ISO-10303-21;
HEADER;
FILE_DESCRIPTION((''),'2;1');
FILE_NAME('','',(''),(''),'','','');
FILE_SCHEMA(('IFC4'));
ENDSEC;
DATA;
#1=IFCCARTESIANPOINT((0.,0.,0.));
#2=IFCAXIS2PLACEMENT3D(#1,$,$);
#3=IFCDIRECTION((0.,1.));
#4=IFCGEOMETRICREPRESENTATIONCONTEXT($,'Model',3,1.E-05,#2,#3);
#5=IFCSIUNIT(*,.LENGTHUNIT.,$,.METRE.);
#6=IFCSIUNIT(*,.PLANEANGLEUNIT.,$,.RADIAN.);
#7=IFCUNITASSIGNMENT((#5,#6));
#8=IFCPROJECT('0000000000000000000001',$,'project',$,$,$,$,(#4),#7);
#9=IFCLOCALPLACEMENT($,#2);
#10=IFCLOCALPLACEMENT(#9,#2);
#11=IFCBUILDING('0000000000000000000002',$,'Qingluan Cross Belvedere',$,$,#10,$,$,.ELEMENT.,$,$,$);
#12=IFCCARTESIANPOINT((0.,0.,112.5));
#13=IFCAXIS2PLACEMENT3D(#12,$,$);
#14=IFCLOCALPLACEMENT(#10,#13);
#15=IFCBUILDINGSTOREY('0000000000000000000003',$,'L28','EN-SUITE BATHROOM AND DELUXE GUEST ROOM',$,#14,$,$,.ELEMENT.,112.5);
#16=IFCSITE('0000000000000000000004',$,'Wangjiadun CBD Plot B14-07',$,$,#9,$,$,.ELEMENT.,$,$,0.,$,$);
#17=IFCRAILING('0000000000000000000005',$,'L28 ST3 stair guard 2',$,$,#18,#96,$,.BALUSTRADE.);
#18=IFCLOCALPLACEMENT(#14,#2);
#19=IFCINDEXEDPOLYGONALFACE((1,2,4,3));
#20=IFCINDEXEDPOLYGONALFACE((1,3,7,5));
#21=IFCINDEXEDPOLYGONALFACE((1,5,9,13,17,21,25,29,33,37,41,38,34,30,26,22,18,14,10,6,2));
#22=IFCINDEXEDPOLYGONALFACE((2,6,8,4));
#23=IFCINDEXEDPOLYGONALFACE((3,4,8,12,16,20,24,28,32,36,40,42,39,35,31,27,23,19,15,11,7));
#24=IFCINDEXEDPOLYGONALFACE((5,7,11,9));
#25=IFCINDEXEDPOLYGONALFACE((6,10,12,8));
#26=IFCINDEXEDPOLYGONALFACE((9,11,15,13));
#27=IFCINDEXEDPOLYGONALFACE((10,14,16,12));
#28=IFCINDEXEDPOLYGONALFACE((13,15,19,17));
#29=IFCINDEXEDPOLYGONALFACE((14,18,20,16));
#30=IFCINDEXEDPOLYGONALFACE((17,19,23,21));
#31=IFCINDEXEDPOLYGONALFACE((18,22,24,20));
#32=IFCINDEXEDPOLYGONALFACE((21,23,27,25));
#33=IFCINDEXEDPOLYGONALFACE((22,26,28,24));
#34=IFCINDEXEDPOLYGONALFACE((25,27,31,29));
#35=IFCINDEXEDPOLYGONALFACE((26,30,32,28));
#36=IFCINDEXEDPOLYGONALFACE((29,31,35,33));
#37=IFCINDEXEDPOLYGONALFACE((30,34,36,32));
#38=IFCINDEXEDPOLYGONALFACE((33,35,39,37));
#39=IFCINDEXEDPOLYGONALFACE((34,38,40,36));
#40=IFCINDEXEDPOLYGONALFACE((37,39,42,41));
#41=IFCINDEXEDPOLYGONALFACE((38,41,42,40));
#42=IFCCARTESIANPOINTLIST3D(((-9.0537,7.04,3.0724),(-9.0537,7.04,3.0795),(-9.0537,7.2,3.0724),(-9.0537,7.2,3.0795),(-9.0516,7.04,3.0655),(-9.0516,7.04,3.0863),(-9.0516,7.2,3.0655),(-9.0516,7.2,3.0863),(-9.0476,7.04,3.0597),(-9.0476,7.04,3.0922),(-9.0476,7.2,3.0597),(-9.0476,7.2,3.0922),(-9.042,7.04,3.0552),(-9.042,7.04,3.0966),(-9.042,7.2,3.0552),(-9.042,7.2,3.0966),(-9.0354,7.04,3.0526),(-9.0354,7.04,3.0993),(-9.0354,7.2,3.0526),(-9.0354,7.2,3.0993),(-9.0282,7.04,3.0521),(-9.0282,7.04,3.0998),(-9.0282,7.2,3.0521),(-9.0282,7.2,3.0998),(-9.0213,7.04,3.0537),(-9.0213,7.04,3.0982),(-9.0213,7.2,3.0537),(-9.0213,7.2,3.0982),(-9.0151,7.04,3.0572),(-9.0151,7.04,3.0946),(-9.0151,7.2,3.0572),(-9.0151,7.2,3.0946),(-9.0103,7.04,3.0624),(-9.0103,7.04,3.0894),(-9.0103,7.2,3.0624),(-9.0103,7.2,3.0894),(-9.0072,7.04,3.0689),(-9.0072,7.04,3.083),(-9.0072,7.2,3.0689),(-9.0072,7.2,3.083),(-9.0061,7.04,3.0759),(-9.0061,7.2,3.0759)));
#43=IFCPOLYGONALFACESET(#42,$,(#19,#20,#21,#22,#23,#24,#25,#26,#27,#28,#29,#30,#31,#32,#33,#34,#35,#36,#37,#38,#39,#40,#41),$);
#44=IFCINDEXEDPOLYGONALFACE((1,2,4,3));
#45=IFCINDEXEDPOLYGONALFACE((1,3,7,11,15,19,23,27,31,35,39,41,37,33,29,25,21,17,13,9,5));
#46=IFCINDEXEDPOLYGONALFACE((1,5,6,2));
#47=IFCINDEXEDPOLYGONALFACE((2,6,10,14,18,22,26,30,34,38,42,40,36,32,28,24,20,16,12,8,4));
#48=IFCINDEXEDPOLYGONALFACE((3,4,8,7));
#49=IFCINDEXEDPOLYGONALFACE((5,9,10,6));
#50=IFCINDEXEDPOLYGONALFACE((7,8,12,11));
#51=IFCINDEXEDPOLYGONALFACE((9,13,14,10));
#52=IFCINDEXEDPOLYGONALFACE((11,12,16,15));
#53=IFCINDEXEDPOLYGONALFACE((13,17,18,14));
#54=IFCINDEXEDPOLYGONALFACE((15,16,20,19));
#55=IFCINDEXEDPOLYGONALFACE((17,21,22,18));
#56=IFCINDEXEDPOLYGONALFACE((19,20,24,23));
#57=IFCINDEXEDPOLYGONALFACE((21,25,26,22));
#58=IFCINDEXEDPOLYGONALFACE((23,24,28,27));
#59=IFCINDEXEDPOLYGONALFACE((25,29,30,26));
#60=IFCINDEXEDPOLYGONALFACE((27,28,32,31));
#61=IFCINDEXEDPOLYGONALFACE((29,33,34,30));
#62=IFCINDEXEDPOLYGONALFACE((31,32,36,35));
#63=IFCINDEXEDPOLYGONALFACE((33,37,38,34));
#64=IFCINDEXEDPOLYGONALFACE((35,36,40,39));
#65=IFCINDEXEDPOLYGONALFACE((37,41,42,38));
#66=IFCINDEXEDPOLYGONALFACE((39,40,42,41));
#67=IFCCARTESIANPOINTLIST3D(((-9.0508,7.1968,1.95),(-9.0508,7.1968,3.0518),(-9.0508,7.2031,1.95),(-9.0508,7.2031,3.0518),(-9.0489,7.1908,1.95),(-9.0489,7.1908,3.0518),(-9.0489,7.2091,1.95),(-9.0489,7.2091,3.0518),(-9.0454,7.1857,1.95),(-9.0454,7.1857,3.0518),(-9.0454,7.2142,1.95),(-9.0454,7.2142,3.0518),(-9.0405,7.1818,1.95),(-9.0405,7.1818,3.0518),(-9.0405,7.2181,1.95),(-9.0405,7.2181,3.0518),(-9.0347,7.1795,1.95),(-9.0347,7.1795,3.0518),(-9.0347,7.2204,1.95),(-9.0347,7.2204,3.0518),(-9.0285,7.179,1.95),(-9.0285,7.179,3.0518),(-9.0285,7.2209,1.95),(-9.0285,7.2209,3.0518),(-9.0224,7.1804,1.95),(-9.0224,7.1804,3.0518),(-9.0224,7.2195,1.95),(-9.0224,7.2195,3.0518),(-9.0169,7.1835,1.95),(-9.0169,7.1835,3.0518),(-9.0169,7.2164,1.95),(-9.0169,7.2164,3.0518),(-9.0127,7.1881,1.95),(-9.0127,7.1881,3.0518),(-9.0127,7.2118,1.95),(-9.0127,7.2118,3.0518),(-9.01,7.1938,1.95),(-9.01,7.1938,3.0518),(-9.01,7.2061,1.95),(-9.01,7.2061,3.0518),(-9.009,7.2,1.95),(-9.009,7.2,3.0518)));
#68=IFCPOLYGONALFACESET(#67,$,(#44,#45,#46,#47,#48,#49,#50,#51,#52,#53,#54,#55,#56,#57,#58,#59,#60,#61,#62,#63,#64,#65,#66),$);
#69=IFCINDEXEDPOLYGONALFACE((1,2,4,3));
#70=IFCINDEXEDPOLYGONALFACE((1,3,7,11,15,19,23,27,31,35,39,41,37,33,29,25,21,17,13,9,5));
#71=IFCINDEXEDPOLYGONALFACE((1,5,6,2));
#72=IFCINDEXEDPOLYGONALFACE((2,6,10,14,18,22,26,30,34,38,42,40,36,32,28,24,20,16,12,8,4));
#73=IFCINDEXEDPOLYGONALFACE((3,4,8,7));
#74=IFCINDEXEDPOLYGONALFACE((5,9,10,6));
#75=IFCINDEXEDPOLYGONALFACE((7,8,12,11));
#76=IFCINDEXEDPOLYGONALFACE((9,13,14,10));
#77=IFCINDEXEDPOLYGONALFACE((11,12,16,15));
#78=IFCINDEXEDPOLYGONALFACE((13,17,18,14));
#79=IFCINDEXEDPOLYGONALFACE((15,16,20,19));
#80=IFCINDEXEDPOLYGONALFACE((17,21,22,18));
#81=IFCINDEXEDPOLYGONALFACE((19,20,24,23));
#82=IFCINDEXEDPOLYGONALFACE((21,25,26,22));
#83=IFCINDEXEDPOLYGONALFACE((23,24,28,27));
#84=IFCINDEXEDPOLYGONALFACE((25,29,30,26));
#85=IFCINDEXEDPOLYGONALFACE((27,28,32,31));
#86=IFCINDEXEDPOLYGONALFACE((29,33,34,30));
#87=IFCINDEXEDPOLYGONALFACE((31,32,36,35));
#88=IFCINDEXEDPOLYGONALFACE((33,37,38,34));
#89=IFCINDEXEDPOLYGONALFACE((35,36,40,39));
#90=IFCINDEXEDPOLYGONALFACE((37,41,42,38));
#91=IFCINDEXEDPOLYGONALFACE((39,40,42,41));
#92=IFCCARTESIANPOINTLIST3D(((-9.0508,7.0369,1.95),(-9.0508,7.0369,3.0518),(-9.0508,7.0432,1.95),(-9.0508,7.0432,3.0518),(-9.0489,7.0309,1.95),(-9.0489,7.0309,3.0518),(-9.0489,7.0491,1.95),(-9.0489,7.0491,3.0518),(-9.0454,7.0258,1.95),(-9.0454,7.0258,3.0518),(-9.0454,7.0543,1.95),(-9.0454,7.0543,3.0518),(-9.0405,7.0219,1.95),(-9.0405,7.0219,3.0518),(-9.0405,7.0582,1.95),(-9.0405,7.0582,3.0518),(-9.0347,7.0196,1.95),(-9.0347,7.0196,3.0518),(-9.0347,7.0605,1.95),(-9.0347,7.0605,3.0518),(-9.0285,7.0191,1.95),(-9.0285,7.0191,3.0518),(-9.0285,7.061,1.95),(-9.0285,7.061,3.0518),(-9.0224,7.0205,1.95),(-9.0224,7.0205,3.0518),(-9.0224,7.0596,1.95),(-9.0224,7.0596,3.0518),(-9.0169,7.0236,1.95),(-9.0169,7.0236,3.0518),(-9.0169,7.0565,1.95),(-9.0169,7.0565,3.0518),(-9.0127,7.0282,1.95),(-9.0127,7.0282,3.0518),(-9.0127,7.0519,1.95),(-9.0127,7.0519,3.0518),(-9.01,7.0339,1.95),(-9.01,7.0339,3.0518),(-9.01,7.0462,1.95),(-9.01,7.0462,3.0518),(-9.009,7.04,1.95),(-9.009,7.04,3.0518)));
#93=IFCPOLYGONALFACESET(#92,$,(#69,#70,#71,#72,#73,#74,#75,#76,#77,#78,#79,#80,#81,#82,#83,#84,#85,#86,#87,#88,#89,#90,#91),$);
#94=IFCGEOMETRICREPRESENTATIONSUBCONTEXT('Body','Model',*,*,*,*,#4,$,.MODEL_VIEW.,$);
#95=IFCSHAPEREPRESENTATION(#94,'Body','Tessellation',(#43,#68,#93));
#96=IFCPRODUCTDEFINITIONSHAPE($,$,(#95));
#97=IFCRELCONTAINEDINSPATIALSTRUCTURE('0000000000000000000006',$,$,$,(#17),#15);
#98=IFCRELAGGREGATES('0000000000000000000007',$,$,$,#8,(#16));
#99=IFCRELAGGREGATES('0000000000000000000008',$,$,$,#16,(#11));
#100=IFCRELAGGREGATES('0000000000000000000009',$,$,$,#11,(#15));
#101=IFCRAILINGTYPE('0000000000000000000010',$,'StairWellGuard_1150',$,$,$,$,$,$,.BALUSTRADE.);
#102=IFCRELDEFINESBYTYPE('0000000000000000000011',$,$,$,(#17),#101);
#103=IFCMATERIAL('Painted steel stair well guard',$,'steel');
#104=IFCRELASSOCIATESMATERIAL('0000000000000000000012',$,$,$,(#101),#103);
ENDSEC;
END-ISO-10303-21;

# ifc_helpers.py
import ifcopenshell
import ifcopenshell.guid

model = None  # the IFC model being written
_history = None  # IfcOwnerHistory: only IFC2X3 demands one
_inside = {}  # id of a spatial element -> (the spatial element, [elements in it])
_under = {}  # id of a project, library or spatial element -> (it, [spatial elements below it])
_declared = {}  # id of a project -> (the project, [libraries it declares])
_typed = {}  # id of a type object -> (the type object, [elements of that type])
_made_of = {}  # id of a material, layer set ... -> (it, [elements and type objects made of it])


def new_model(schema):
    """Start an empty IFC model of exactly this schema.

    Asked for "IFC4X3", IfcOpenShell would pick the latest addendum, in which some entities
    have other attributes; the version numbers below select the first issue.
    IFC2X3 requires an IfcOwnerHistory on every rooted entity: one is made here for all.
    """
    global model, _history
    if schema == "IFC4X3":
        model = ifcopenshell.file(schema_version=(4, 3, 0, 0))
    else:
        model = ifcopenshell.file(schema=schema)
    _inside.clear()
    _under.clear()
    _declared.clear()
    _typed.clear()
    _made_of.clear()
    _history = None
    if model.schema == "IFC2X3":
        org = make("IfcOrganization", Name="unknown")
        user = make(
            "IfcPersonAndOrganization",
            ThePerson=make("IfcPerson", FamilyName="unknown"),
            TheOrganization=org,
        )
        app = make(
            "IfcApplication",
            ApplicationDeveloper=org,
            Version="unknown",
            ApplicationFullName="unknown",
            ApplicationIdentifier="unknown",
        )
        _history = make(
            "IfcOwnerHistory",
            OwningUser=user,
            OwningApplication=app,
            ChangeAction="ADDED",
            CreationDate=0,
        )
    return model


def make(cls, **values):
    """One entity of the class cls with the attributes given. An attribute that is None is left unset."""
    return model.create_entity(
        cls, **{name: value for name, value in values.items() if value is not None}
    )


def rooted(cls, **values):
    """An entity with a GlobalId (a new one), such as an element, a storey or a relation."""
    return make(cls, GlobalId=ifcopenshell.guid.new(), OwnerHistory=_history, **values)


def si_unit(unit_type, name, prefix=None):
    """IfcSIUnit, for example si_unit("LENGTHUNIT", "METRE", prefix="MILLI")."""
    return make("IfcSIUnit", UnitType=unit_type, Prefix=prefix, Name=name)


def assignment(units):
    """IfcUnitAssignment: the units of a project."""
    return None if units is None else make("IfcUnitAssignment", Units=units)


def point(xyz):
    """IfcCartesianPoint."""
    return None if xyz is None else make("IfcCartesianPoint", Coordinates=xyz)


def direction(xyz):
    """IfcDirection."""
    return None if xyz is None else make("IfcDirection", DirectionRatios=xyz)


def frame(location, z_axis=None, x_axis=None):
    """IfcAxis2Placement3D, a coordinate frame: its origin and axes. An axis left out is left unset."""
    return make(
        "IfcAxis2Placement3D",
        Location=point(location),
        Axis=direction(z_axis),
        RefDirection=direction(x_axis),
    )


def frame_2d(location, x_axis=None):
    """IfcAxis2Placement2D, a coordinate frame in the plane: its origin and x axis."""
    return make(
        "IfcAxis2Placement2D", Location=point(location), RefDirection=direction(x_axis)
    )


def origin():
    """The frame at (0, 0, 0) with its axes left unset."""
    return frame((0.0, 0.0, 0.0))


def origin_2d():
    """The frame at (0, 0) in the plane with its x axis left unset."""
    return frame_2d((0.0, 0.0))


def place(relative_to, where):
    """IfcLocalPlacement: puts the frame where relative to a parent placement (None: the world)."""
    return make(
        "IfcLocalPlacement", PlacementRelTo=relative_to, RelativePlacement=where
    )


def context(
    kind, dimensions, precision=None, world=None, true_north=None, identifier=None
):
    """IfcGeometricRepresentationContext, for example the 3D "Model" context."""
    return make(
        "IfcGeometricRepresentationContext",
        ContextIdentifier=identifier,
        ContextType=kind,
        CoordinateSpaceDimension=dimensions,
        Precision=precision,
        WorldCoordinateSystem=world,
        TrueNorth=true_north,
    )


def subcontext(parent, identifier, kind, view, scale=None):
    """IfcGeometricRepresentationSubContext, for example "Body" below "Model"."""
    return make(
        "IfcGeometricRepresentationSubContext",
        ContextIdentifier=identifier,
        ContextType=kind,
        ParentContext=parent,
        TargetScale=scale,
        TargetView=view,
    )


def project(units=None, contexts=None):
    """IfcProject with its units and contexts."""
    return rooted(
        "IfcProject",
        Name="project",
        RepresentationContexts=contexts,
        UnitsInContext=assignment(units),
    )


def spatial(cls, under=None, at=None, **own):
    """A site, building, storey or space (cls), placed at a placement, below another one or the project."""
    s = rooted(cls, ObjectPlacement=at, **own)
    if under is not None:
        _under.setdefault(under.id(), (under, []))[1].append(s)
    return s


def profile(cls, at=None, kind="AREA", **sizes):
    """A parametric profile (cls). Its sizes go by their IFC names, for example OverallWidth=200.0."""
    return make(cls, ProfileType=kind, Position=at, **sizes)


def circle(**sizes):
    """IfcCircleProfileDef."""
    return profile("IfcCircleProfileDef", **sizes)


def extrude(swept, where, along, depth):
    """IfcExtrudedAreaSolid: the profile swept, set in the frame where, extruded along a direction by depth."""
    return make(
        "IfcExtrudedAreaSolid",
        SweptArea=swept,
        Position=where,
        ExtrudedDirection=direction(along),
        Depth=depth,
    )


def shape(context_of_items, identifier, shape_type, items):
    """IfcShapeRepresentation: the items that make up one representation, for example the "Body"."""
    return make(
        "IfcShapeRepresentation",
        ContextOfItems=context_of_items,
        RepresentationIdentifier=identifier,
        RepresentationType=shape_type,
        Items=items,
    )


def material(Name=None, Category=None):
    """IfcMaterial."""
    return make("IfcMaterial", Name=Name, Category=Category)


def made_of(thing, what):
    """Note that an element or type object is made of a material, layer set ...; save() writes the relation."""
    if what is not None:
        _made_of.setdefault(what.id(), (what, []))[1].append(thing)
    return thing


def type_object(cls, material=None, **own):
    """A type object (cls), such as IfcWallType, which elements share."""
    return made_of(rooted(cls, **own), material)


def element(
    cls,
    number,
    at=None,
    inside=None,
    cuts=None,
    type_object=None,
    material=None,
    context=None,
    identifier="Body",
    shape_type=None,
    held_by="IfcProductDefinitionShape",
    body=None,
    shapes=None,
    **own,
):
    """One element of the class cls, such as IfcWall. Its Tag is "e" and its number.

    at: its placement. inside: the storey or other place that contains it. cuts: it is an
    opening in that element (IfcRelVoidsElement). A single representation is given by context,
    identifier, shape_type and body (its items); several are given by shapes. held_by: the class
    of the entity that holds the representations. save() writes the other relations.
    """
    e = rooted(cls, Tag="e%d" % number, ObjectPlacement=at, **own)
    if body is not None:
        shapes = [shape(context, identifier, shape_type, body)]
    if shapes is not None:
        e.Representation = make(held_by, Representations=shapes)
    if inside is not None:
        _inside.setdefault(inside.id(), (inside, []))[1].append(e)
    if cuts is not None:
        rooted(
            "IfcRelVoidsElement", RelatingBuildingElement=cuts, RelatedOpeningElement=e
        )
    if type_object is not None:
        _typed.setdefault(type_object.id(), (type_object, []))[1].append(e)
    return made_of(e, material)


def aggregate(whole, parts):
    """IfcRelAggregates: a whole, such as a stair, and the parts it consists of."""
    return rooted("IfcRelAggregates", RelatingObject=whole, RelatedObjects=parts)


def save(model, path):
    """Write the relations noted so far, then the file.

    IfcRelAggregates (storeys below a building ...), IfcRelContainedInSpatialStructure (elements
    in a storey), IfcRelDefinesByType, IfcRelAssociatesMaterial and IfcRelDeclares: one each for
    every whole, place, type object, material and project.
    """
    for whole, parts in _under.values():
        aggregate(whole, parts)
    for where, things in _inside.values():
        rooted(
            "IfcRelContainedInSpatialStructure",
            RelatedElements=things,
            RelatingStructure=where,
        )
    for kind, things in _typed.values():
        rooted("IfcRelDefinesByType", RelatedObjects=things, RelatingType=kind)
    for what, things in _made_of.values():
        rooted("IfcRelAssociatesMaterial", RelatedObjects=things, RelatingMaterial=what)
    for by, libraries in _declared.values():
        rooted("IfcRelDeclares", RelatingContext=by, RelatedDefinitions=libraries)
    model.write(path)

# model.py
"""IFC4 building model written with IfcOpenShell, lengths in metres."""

from ifc_helpers import new_model, si_unit, direction, frame, origin, origin_2d, place, context, subcontext, project, spatial, circle, extrude, material, type_object, element, save


model = new_model("IFC4")

# Units and contexts
model_context = context("Model", 3, precision=1e-05, world=origin(), true_north=direction((0.0, 1.0)))
body_context = subcontext(model_context, "Body", "Model", "MODEL_VIEW")
ifc_project = project(units=[si_unit("LENGTHUNIT", "METRE"), si_unit("PLANEANGLEUNIT", "RADIAN")], contexts=[model_context])

# Site, building, storey
site_placement = place(None, origin())
site = spatial("IfcSite", under=ifc_project, at=site_placement, Name="Wangjiadun CBD Plot B14-07", CompositionType="ELEMENT", RefElevation=0.0)
building_placement = place(site_placement, origin())
building = spatial("IfcBuilding", under=site, at=building_placement, Name="Qingluan Cross Belvedere", CompositionType="ELEMENT")
storey_placement = place(building_placement, frame((0.0, 0.0, 112.5)))
storey = spatial("IfcBuildingStorey", under=building, at=storey_placement, Name="L28", Description="EN-SUITE BATHROOM AND DELUXE GUEST ROOM", CompositionType="ELEMENT", Elevation=112.5)

# Railing
ifc_material_1 = material(Name="Painted steel stair well guard", Category="steel")
railing_type_1 = type_object("IfcRailingType", Name="StairWellGuard_1150", PredefinedType="BALUSTRADE", material=ifc_material_1)
railing_1_placement = place(storey_placement, frame((-9.03, 7.2, 1.95)))
element("IfcRailing", 1, at=railing_1_placement, inside=storey, type_object=railing_type_1, Name="L28 ST3 stair guard 2", PredefinedType="BALUSTRADE", context=body_context, shape_type="SweptSolid", body=[
    extrude(circle(Radius=0.0239, at=origin_2d()), frame((0.0, 0.0, 1.126), z_axis=(0.0, -1.0, 0.0), x_axis=(1.0, 0.0, 0.0)), (0.0, 0.0, 1.0), 0.1599),
    extrude(circle(Radius=0.021, at=origin_2d()), origin(), (0.0, 0.0, 1.0), 1.1018),
    extrude(circle(Radius=0.021, at=origin_2d()), frame((0.0, -0.1599, 0.0)), (0.0, 0.0, 1.0), 1.1018),
])

save(model, "model.ifc")
